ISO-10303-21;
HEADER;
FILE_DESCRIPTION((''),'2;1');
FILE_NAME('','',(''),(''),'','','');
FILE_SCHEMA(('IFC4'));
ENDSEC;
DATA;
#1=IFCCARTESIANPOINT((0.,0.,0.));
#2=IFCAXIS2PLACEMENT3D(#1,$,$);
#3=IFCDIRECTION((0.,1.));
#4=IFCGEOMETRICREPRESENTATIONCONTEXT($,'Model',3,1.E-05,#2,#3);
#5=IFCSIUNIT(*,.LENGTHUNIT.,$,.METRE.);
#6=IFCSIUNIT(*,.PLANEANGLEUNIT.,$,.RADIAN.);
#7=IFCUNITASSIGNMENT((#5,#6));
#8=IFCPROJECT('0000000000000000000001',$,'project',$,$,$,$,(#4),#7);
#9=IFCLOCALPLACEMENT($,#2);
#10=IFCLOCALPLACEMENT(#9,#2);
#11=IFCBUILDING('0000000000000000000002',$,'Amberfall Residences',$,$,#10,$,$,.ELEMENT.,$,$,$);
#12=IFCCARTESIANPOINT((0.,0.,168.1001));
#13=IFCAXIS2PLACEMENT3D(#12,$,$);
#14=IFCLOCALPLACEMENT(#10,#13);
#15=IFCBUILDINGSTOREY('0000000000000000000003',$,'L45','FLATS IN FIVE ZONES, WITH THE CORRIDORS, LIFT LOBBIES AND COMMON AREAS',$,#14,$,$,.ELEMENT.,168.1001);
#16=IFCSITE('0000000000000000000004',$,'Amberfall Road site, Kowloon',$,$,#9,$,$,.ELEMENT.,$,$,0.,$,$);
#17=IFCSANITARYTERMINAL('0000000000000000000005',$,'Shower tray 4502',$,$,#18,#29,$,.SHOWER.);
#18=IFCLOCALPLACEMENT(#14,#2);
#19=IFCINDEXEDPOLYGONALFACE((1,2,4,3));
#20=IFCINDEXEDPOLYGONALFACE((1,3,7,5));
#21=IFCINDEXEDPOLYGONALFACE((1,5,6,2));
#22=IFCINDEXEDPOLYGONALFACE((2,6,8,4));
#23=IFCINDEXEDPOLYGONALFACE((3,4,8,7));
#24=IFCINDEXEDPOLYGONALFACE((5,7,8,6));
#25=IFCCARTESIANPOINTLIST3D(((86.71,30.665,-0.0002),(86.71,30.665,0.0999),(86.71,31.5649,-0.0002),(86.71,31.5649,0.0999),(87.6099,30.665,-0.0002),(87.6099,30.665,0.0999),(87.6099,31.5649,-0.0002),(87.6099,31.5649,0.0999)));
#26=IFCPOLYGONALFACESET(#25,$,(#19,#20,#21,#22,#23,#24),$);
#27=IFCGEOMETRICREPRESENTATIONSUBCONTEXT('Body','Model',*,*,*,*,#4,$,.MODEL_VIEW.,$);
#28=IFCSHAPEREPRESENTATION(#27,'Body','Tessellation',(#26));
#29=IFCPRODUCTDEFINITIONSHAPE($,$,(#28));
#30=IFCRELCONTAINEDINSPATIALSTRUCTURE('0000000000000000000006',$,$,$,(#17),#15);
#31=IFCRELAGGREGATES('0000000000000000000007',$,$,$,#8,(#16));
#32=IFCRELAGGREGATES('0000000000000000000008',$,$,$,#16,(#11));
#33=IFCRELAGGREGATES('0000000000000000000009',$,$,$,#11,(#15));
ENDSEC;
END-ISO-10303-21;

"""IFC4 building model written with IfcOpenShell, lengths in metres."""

from ifc_helpers import new_model, si_unit, direction, frame, origin, origin_2d, place, context, subcontext, project, spatial, rectangle, extrude, element, save


model = new_model("IFC4")

# Units and contexts
model_context = context("Model", 3, precision=1e-05, world=origin(), true_north=direction((0.0, 1.0)))
body_context = subcontext(model_context, "Body", "Model", "MODEL_VIEW")
ifc_project = project(units=[si_unit("LENGTHUNIT", "METRE"), si_unit("PLANEANGLEUNIT", "RADIAN")], contexts=[model_context])

# Site, building, storey
site_placement = place(None, origin())
site = spatial("IfcSite", under=ifc_project, at=site_placement, Name="Amberfall Road site, Kowloon", CompositionType="ELEMENT", RefElevation=0.0)
building_placement = place(site_placement, origin())
building = spatial("IfcBuilding", under=site, at=building_placement, Name="Amberfall Residences", CompositionType="ELEMENT")
storey_placement = place(building_placement, frame((0.0, 0.0, 168.1001)))
storey = spatial("IfcBuildingStorey", under=building, at=storey_placement, Name="L45", Description="FLATS IN FIVE ZONES, WITH THE CORRIDORS, LIFT LOBBIES AND COMMON AREAS", CompositionType="ELEMENT", Elevation=168.1001)

# Sanitary terminal
sanitary_terminal_1_placement = place(storey_placement, frame((87.1599, 31.115, -0.0002), z_axis=(0.0, 0.0, 1.0), x_axis=(1.0, 0.0, 0.0)))
element("IfcSanitaryTerminal", 1, at=sanitary_terminal_1_placement, inside=storey, Name="Shower tray 4502", PredefinedType="SHOWER", context=body_context, shape_type="SweptSolid", body=[
    extrude(rectangle(XDim=0.8999, YDim=0.8999, at=origin_2d()), origin(), (0.0, 0.0, 1.0), 0.1001),
])

save(model, "model.ifc")
